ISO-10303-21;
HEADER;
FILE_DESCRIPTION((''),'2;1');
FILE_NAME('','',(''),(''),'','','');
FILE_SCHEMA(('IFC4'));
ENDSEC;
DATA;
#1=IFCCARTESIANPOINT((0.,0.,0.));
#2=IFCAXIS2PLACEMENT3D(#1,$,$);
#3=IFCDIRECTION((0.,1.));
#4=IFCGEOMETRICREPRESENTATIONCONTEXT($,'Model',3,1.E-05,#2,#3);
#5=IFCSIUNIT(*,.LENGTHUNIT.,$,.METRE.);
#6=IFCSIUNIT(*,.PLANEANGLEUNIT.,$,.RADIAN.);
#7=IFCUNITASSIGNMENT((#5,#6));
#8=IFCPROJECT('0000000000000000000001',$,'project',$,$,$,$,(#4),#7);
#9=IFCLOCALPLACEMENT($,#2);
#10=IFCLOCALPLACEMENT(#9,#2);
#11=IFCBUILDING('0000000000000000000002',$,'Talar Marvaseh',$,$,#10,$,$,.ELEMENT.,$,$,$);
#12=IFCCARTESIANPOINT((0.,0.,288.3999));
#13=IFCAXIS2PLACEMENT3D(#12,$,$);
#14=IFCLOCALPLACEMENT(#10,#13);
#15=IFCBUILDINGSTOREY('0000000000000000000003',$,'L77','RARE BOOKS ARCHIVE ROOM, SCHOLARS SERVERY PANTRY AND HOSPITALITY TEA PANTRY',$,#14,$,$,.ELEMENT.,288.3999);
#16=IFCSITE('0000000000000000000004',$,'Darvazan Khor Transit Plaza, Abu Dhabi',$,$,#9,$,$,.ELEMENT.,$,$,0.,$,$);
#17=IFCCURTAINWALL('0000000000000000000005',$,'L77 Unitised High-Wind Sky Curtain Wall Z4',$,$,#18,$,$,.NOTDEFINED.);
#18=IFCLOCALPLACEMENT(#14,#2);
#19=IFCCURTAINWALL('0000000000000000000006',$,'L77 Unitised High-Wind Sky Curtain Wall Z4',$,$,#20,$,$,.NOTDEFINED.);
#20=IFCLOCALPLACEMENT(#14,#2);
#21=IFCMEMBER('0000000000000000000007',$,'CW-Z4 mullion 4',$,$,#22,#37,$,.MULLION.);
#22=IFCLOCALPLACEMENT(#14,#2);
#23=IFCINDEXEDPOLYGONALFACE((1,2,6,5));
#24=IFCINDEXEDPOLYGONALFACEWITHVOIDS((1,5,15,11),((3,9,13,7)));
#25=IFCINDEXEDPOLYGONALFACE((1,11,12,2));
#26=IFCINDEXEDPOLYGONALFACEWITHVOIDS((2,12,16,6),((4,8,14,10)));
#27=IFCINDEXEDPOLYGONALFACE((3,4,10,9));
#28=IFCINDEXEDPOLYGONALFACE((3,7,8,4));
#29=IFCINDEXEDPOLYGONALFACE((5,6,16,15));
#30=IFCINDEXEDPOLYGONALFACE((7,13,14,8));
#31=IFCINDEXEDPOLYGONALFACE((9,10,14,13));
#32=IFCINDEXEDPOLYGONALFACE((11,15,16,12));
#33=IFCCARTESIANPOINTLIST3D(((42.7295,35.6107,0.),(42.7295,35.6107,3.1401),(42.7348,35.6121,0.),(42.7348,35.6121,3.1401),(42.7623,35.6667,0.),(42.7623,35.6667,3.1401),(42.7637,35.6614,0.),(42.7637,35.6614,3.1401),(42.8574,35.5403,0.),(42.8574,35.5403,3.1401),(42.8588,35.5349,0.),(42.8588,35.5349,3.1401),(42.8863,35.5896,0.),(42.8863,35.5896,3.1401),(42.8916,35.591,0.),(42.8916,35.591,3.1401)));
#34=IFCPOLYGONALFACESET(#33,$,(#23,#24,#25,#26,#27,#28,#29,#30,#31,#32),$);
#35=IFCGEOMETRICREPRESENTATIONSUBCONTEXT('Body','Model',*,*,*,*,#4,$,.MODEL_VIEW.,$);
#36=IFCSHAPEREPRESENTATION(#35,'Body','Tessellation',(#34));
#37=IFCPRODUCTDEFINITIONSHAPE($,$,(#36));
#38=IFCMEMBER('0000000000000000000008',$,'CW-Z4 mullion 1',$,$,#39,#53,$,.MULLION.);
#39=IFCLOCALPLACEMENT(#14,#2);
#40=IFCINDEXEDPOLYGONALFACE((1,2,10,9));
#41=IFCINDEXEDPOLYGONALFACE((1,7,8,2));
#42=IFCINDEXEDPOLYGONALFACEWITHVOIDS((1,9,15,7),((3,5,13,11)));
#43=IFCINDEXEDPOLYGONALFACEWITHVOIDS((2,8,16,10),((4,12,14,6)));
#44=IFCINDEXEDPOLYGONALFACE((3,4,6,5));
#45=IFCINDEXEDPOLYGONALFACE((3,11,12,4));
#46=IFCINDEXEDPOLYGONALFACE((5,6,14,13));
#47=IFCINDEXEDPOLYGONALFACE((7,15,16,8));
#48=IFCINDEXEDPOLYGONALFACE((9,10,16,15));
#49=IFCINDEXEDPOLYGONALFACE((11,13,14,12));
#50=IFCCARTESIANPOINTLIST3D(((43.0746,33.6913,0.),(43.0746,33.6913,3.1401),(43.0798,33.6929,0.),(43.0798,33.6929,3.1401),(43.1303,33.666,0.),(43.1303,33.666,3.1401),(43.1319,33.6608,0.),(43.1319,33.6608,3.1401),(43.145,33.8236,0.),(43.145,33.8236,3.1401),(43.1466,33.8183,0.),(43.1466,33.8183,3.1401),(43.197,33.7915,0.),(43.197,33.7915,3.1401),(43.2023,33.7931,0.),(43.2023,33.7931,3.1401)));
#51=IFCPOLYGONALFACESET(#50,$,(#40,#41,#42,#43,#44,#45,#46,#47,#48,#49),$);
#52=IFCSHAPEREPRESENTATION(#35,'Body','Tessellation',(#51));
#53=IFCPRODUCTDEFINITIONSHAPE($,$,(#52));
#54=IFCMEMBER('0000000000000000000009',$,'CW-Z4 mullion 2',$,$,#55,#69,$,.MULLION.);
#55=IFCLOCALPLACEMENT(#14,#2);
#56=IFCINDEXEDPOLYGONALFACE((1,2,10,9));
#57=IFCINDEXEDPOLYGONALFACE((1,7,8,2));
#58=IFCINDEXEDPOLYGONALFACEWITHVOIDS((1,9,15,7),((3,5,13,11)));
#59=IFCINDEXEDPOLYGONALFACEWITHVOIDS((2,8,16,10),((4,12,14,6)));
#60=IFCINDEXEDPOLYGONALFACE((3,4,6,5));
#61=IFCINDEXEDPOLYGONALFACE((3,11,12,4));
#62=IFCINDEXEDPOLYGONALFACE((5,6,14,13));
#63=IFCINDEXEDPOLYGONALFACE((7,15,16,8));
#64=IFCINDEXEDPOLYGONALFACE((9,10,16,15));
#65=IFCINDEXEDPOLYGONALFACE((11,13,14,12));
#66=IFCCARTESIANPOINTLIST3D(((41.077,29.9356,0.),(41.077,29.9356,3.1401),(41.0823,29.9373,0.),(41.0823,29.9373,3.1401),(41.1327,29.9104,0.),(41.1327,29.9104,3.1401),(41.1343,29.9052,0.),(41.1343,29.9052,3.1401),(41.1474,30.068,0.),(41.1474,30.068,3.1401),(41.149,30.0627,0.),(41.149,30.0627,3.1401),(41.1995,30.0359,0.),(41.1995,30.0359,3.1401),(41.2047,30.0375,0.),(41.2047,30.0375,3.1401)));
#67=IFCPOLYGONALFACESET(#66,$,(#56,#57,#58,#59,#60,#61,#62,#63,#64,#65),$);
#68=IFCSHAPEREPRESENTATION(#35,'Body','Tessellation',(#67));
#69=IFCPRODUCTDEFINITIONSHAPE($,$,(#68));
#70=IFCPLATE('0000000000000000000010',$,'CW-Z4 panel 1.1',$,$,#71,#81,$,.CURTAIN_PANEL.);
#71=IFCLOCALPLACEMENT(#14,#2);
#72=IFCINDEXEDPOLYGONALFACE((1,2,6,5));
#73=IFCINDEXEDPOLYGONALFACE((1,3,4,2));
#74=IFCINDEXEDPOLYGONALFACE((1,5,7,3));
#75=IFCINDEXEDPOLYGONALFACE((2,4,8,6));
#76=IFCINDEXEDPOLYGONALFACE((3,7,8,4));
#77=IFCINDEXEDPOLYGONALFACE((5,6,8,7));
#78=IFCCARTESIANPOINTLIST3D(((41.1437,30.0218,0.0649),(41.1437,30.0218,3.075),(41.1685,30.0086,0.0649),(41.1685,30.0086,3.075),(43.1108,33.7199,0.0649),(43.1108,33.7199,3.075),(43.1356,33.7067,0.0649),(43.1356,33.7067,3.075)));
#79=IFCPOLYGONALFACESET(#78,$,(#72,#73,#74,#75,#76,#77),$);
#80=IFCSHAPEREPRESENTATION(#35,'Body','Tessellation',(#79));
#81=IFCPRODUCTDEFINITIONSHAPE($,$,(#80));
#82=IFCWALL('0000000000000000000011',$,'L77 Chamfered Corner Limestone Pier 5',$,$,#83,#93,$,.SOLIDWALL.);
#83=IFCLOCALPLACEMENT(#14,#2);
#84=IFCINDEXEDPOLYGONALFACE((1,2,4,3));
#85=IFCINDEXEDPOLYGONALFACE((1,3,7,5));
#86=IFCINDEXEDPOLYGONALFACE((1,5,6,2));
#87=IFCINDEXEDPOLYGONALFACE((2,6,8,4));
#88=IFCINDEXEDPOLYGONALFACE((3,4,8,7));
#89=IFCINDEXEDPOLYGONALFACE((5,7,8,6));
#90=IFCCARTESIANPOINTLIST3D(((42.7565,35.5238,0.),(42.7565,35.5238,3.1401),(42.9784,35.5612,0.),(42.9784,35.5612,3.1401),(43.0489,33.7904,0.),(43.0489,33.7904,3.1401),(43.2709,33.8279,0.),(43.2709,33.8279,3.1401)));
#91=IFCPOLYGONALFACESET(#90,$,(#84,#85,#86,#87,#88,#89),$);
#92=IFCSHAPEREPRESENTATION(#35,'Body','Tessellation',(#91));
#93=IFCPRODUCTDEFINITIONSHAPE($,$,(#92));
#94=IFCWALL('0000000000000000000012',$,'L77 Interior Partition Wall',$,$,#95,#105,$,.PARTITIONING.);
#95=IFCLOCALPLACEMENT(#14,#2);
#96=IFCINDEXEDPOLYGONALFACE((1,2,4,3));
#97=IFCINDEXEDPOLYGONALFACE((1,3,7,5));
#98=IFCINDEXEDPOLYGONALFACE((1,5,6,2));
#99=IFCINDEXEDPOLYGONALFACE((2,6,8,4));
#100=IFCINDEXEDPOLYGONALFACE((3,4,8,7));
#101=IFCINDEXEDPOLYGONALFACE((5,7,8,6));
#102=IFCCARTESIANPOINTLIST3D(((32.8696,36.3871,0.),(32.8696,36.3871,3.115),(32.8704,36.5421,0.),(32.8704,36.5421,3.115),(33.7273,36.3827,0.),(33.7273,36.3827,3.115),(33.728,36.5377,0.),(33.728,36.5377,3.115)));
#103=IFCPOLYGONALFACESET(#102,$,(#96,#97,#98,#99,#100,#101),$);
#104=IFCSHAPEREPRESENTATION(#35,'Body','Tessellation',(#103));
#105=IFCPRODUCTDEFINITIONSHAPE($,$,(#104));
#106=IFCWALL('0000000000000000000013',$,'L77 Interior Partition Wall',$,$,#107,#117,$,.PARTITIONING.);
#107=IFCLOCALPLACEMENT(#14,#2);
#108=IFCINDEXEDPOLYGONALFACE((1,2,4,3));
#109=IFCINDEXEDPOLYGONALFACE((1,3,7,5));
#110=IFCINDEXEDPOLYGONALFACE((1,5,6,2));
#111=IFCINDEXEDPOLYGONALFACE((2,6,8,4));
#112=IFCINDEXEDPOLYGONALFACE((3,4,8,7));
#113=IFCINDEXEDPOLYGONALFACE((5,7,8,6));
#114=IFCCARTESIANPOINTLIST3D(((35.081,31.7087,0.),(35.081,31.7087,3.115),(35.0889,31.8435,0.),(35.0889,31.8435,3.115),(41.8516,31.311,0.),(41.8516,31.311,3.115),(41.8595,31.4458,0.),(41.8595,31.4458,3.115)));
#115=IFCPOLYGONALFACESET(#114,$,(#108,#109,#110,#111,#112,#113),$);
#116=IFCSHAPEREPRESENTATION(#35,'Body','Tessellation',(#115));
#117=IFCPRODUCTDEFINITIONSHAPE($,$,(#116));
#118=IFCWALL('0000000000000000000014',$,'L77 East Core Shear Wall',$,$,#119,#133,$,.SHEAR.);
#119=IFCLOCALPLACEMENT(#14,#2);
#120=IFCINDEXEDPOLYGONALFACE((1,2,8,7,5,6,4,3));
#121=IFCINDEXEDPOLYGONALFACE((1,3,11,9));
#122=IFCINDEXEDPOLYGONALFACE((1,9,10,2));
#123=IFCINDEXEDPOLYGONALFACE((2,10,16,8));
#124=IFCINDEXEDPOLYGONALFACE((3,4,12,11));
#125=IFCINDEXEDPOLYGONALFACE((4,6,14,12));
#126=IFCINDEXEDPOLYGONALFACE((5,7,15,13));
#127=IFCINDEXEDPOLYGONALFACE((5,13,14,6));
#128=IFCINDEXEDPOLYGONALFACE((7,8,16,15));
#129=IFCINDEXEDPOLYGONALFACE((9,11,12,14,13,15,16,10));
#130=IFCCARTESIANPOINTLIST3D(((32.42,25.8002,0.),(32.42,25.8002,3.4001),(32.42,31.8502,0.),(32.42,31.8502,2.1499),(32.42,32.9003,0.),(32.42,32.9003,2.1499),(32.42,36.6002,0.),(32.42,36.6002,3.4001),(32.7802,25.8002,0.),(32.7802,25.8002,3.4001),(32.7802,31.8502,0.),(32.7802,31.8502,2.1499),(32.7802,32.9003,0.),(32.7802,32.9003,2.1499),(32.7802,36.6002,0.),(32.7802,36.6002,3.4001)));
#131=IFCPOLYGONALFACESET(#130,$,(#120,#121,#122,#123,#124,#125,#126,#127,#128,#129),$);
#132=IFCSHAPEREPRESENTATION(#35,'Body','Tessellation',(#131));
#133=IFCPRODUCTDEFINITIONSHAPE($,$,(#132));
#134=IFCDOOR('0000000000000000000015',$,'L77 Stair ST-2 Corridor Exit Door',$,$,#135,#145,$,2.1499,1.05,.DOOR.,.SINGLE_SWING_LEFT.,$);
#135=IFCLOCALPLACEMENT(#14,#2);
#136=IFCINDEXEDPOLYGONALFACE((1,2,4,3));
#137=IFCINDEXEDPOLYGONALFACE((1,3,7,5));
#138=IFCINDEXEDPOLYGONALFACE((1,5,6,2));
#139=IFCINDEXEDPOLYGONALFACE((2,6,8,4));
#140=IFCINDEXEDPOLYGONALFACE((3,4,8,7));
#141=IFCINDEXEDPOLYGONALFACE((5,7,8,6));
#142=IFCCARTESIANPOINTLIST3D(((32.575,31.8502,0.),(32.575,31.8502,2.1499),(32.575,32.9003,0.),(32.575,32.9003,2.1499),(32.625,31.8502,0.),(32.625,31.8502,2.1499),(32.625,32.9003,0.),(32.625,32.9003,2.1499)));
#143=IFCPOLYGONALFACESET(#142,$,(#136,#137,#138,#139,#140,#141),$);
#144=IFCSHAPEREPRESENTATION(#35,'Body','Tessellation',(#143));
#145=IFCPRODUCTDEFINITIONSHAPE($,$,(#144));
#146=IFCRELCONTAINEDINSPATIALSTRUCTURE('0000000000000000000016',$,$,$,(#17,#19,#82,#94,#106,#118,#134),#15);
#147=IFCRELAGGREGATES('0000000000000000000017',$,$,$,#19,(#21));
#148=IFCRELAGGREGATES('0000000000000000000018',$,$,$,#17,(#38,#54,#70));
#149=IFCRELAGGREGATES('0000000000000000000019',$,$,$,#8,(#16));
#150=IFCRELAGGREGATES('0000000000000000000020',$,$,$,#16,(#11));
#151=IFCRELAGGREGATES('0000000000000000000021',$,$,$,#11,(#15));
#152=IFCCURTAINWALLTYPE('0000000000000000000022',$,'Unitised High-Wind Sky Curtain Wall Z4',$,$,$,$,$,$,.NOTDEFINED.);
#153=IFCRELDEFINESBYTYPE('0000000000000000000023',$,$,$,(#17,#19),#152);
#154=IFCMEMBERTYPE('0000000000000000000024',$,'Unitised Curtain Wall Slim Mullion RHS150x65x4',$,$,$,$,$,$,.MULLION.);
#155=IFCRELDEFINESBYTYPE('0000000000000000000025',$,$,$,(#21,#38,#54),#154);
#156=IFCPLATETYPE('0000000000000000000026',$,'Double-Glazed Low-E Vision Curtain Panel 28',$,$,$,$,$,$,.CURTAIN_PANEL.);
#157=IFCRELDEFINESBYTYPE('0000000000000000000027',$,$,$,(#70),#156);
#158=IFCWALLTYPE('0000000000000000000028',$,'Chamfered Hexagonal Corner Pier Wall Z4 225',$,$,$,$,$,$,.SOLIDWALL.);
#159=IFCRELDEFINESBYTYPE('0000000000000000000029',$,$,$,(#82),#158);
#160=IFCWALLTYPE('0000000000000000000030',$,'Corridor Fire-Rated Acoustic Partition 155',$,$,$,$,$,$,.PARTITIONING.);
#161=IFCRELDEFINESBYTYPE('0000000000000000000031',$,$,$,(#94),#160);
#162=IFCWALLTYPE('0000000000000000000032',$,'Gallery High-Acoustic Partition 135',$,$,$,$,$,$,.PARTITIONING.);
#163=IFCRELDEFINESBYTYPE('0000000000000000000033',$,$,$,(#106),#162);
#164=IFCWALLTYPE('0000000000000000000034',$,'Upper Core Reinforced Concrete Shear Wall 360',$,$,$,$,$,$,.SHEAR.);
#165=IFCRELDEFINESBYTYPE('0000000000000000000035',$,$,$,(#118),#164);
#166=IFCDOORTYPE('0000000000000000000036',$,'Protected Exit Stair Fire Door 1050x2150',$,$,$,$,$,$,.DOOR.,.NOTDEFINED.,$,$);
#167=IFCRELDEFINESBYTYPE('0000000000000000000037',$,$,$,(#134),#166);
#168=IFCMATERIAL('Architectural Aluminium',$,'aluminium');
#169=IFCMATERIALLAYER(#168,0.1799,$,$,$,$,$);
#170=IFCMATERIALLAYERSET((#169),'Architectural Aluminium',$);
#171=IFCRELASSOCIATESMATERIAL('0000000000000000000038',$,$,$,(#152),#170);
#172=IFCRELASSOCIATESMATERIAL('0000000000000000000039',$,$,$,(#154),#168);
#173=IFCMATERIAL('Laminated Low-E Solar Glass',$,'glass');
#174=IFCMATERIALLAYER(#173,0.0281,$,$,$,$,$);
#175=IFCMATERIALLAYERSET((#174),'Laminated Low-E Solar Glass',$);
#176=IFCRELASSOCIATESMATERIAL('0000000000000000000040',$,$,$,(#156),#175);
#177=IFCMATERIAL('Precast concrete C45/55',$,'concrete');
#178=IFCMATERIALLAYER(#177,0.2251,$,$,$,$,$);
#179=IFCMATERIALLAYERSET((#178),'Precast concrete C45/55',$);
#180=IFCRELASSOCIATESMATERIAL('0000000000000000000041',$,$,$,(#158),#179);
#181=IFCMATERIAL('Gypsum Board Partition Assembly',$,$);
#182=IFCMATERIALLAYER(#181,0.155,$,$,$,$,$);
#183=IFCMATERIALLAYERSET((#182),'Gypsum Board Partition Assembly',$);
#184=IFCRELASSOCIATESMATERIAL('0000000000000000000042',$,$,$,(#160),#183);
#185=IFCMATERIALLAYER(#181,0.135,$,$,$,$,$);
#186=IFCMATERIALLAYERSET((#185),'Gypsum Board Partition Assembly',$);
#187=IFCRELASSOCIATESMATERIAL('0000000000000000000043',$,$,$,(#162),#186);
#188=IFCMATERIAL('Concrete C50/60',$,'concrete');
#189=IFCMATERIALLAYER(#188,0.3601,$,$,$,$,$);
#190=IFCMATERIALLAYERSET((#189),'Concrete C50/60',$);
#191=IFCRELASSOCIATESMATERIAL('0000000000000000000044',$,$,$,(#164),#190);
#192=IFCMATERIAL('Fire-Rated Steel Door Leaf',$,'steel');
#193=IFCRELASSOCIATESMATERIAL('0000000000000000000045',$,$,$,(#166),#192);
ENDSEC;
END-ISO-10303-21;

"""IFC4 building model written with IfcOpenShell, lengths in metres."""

from ifc_helpers import new_model, si_unit, direction, frame, frame_2d, origin, origin_2d, place, context, subcontext, project, spatial, rectangle, hollow_rectangle, extrude, source, transform, mapped, material, layer, layer_set, material_profile, profile_set, type_object, type_shapes, element, fill, aggregate, save


model = new_model("IFC4")

# Units and contexts
model_context = context("Model", 3, precision=1e-05, world=origin(), true_north=direction((0.0, 1.0)))
body_context = subcontext(model_context, "Body", "Model", "MODEL_VIEW")
ifc_project = project(units=[si_unit("LENGTHUNIT", "METRE"), si_unit("PLANEANGLEUNIT", "RADIAN")], contexts=[model_context])

# Site, building, storey
site_placement = place(None, origin())
site = spatial("IfcSite", under=ifc_project, at=site_placement, Name="Darvazan Khor Transit Plaza, Abu Dhabi", CompositionType="ELEMENT", RefElevation=0.0)
building_placement = place(site_placement, origin())
building = spatial("IfcBuilding", under=site, at=building_placement, Name="Talar Marvaseh", CompositionType="ELEMENT")
storey_placement = place(building_placement, frame((0.0, 0.0, 288.3999)))
storey = spatial("IfcBuildingStorey", under=building, at=storey_placement, Name="L77", Description="RARE BOOKS ARCHIVE ROOM, SCHOLARS SERVERY PANTRY AND HOSPITALITY TEA PANTRY", CompositionType="ELEMENT", Elevation=288.3999)

# Shared definitions
ifc_material_1 = material(Name="Concrete C50/60", Category="concrete")

# Curtain wall
ifc_material_2 = material(Name="Architectural Aluminium", Category="aluminium")
ifc_layer_1 = layer(ifc_material_2, 0.1799)
ifc_layer_set_1 = layer_set([ifc_layer_1], Name="Architectural Aluminium")
curtain_wall_type = type_object("IfcCurtainWallType", Name="Unitised High-Wind Sky Curtain Wall Z4", PredefinedType="NOTDEFINED", material=ifc_layer_set_1)
curtain_wall_1_placement = place(storey_placement, origin())
curtain_wall_1 = element("IfcCurtainWall", 1, at=curtain_wall_1_placement, inside=storey, type_object=curtain_wall_type, Name="L77 Unitised High-Wind Sky Curtain Wall Z4", PredefinedType="NOTDEFINED")

# Curtain wall, member
curtain_wall_2_placement = place(storey_placement, origin())
curtain_wall_2 = element("IfcCurtainWall", 2, at=curtain_wall_2_placement, inside=storey, type_object=curtain_wall_type, Name="L77 Unitised High-Wind Sky Curtain Wall Z4", PredefinedType="NOTDEFINED")
ifc_material_profile_1 = material_profile(ifc_material_2, hollow_rectangle(XDim=0.0649, YDim=0.1499, WallThickness=0.0039, at=origin_2d()), Name="RHS150x65x4")
ifc_profile_set_1 = profile_set([ifc_material_profile_1], Name="Architectural Aluminium")
member_type_1 = type_object("IfcMemberType", Name="Unitised Curtain Wall Slim Mullion RHS150x65x4", PredefinedType="MULLION", material=ifc_profile_set_1)
shared_shape_1 = source(origin(), body_context, "Body", "SweptSolid", [
    extrude(hollow_rectangle(XDim=0.0649, YDim=0.1499, WallThickness=0.0039, at=origin_2d()), origin(), (0.0, 0.0, 1.0), 3.1401),
])
type_shapes(member_type_1, [shared_shape_1])
member_1_placement = place(storey_placement, frame((42.8105, 35.6008, 0.0), z_axis=(0.0, 0.0, 1.0), x_axis=(0.505219, 0.862991, 0.0)))
member_1 = element("IfcMember", 3, at=member_1_placement, type_object=member_type_1, Name="CW-Z4 mullion 4", PredefinedType="MULLION", context=body_context, shape_type="MappedRepresentation", body=[
    mapped(shared_shape_1, transform((0.0, 0.0, 0.0), x_axis=(1.0, 0.0, 0.0), y_axis=(0.0, 1.0, 0.0), z_axis=(0.0, 0.0, 1.0), scale=1.0)),
])
aggregate(curtain_wall_2, [member_1])

# Members
member_2_placement = place(storey_placement, frame((43.1384, 33.7422, 0.0), z_axis=(0.0, 0.0, 1.0), x_axis=(0.882877, -0.469604, 0.0)))
member_2 = element("IfcMember", 4, at=member_2_placement, type_object=member_type_1, Name="CW-Z4 mullion 1", PredefinedType="MULLION", context=body_context, shape_type="MappedRepresentation", body=[
    mapped(shared_shape_1, transform((0.0, 0.0, 0.0), x_axis=(1.0, 0.0, 0.0), y_axis=(0.0, 1.0, 0.0), z_axis=(0.0, 0.0, 1.0), scale=1.0)),
])
member_3_placement = place(storey_placement, frame((41.1409, 29.9866, 0.0), z_axis=(0.0, 0.0, 1.0), x_axis=(0.882877, -0.469604, 0.0)))
member_3 = element("IfcMember", 5, at=member_3_placement, type_object=member_type_1, Name="CW-Z4 mullion 2", PredefinedType="MULLION", context=body_context, shape_type="MappedRepresentation", body=[
    mapped(shared_shape_1, transform((0.0, 0.0, 0.0), x_axis=(1.0, 0.0, 0.0), y_axis=(0.0, 1.0, 0.0), z_axis=(0.0, 0.0, 1.0), scale=1.0)),
])

# Plate
ifc_material_3 = material(Name="Laminated Low-E Solar Glass", Category="glass")
ifc_layer_2 = layer(ifc_material_3, 0.0281)
ifc_layer_set_2 = layer_set([ifc_layer_2], Name="Laminated Low-E Solar Glass")
plate_type = type_object("IfcPlateType", Name="Double-Glazed Low-E Vision Curtain Panel 28", PredefinedType="CURTAIN_PANEL", material=ifc_layer_set_2)
shared_shape_2 = source(origin(), body_context, "Body", "SweptSolid", [
    extrude(rectangle(XDim=4.1887, YDim=0.0281, at=origin_2d()), origin(), (0.0, 0.0, 1.0), 3.01),
])
type_shapes(plate_type, [shared_shape_2])
plate_placement = place(storey_placement, frame((42.1396, 31.8643, 0.0649), z_axis=(0.0, 0.0, 1.0), x_axis=(-0.469604, -0.882877, 0.0)))
plate = element("IfcPlate", 6, at=plate_placement, type_object=plate_type, Name="CW-Z4 panel 1.1", PredefinedType="CURTAIN_PANEL", context=body_context, shape_type="MappedRepresentation", body=[
    mapped(shared_shape_2, transform((0.0, 0.0, 0.0), x_axis=(1.0, 0.0, 0.0), y_axis=(0.0, 1.0, 0.0), z_axis=(0.0, 0.0, 1.0), scale=1.0)),
])
aggregate(curtain_wall_1, [member_2, member_3, plate])

# Walls
ifc_material_4 = material(Name="Precast concrete C45/55", Category="concrete")
ifc_layer_3 = layer(ifc_material_4, 0.2251)
ifc_layer_set_3 = layer_set([ifc_layer_3], Name="Precast concrete C45/55")
wall_type_1 = type_object("IfcWallType", Name="Chamfered Hexagonal Corner Pier Wall Z4 225", PredefinedType="SOLIDWALL", material=ifc_layer_set_3)
wall_1_placement = place(storey_placement, frame((42.8674, 35.5425, 0.0), z_axis=(0.0, 0.0, 1.0), x_axis=(0.166381, -0.986062, 0.0)))
element("IfcWall", 7, at=wall_1_placement, inside=storey, type_object=wall_type_1, Name="L77 Chamfered Corner Limestone Pier 5", PredefinedType="SOLIDWALL", context=body_context, shape_type="SweptSolid", body=[
    extrude(rectangle(XDim=1.7578, YDim=0.2251, at=frame_2d((0.8789, 0.0))), origin(), (0.0, 0.0, 1.0), 3.1401),
])
ifc_material_5 = material(Name="Gypsum Board Partition Assembly")
ifc_layer_4 = layer(ifc_material_5, 0.155)
ifc_layer_set_4 = layer_set([ifc_layer_4], Name="Gypsum Board Partition Assembly")
wall_type_2 = type_object("IfcWallType", Name="Corridor Fire-Rated Acoustic Partition 155", PredefinedType="PARTITIONING", material=ifc_layer_set_4)
wall_2_placement = place(storey_placement, frame((32.8701, 36.4646, 0.0), z_axis=(0.0, 0.0, 1.0), x_axis=(0.999987, -0.005124, 0.0)))
element("IfcWall", 8, at=wall_2_placement, inside=storey, type_object=wall_type_2, Name="L77 Interior Partition Wall", PredefinedType="PARTITIONING", context=body_context, shape_type="SweptSolid", body=[
    extrude(rectangle(XDim=0.8577, YDim=0.155, at=frame_2d((0.4287, 0.0))), origin(), (0.0, 0.0, 1.0), 3.115),
])
ifc_layer_5 = layer(ifc_material_5, 0.135)
ifc_layer_set_5 = layer_set([ifc_layer_5], Name="Gypsum Board Partition Assembly")
wall_type_3 = type_object("IfcWallType", Name="Gallery High-Acoustic Partition 135", PredefinedType="PARTITIONING", material=ifc_layer_set_5)
wall_3_placement = place(storey_placement, frame((35.085, 31.7761, 0.0), z_axis=(0.0, 0.0, 1.0), x_axis=(0.998279, -0.05864, 0.0)))
element("IfcWall", 9, at=wall_3_placement, inside=storey, type_object=wall_type_3, Name="L77 Interior Partition Wall", PredefinedType="PARTITIONING", context=body_context, shape_type="SweptSolid", body=[
    extrude(rectangle(XDim=6.7822, YDim=0.135, at=frame_2d((3.3911, 0.0))), origin(), (0.0, 0.0, 1.0), 3.115),
])

# Wall, opening, door
ifc_layer_6 = layer(ifc_material_1, 0.3601)
ifc_layer_set_6 = layer_set([ifc_layer_6], Name="Concrete C50/60")
wall_type_4 = type_object("IfcWallType", Name="Upper Core Reinforced Concrete Shear Wall 360", PredefinedType="SHEAR", material=ifc_layer_set_6)
wall_4_placement = place(storey_placement, frame((32.6001, 36.6001, 0.0), z_axis=(0.0, 0.0, 1.0), x_axis=(0.0, -1.0, 0.0)))
wall_4 = element("IfcWall", 10, at=wall_4_placement, inside=storey, type_object=wall_type_4, Name="L77 East Core Shear Wall", PredefinedType="SHEAR", context=body_context, shape_type="SweptSolid", body=[
    extrude(rectangle(XDim=10.8, YDim=0.3601, at=frame_2d((5.3999, 0.0))), origin(), (0.0, 0.0, 1.0), 3.4001),
])
opening_placement = place(wall_4_placement, frame((3.7, 0.0, 0.0)))
opening = element("IfcOpeningElement", 11, at=opening_placement, cuts=wall_4, PredefinedType="OPENING", context=body_context, shape_type="SweptSolid", body=[
    extrude(rectangle(XDim=1.05, YDim=2.1499, at=frame_2d((0.5249, 1.075))), frame((0.0, 0.1899, 0.0), z_axis=(0.0, -1.0, 0.0), x_axis=(1.0, 0.0, 0.0)), (0.0, 0.0, 1.0), 0.3801),
])
ifc_material_6 = material(Name="Fire-Rated Steel Door Leaf", Category="steel")
door_type = type_object("IfcDoorType", Name="Protected Exit Stair Fire Door 1050x2150", OperationType="NOTDEFINED", PredefinedType="DOOR", material=ifc_material_6)
shared_shape_3 = source(origin(), body_context, "Body", "SweptSolid", [
    extrude(rectangle(XDim=1.05, YDim=2.1499, at=frame_2d((0.5249, 1.075))), frame((0.0, 0.0249, 0.0), z_axis=(0.0, -1.0, 0.0), x_axis=(1.0, 0.0, 0.0)), (0.0, 0.0, 1.0), 0.05),
])
type_shapes(door_type, [shared_shape_3])
door_placement = place(opening_placement, origin())
door = element("IfcDoor", 12, at=door_placement, inside=storey, type_object=door_type, Name="L77 Stair ST-2 Corridor Exit Door", OperationType="SINGLE_SWING_LEFT", OverallHeight=2.1499, OverallWidth=1.05, PredefinedType="DOOR", context=body_context, shape_type="MappedRepresentation", body=[
    mapped(shared_shape_3, transform((0.0, 0.0, 0.0), x_axis=(1.0, 0.0, 0.0), y_axis=(0.0, 1.0, 0.0), z_axis=(0.0, 0.0, 1.0), scale=1.0)),
])
fill(opening, door)

save(model, "model.ifc")
